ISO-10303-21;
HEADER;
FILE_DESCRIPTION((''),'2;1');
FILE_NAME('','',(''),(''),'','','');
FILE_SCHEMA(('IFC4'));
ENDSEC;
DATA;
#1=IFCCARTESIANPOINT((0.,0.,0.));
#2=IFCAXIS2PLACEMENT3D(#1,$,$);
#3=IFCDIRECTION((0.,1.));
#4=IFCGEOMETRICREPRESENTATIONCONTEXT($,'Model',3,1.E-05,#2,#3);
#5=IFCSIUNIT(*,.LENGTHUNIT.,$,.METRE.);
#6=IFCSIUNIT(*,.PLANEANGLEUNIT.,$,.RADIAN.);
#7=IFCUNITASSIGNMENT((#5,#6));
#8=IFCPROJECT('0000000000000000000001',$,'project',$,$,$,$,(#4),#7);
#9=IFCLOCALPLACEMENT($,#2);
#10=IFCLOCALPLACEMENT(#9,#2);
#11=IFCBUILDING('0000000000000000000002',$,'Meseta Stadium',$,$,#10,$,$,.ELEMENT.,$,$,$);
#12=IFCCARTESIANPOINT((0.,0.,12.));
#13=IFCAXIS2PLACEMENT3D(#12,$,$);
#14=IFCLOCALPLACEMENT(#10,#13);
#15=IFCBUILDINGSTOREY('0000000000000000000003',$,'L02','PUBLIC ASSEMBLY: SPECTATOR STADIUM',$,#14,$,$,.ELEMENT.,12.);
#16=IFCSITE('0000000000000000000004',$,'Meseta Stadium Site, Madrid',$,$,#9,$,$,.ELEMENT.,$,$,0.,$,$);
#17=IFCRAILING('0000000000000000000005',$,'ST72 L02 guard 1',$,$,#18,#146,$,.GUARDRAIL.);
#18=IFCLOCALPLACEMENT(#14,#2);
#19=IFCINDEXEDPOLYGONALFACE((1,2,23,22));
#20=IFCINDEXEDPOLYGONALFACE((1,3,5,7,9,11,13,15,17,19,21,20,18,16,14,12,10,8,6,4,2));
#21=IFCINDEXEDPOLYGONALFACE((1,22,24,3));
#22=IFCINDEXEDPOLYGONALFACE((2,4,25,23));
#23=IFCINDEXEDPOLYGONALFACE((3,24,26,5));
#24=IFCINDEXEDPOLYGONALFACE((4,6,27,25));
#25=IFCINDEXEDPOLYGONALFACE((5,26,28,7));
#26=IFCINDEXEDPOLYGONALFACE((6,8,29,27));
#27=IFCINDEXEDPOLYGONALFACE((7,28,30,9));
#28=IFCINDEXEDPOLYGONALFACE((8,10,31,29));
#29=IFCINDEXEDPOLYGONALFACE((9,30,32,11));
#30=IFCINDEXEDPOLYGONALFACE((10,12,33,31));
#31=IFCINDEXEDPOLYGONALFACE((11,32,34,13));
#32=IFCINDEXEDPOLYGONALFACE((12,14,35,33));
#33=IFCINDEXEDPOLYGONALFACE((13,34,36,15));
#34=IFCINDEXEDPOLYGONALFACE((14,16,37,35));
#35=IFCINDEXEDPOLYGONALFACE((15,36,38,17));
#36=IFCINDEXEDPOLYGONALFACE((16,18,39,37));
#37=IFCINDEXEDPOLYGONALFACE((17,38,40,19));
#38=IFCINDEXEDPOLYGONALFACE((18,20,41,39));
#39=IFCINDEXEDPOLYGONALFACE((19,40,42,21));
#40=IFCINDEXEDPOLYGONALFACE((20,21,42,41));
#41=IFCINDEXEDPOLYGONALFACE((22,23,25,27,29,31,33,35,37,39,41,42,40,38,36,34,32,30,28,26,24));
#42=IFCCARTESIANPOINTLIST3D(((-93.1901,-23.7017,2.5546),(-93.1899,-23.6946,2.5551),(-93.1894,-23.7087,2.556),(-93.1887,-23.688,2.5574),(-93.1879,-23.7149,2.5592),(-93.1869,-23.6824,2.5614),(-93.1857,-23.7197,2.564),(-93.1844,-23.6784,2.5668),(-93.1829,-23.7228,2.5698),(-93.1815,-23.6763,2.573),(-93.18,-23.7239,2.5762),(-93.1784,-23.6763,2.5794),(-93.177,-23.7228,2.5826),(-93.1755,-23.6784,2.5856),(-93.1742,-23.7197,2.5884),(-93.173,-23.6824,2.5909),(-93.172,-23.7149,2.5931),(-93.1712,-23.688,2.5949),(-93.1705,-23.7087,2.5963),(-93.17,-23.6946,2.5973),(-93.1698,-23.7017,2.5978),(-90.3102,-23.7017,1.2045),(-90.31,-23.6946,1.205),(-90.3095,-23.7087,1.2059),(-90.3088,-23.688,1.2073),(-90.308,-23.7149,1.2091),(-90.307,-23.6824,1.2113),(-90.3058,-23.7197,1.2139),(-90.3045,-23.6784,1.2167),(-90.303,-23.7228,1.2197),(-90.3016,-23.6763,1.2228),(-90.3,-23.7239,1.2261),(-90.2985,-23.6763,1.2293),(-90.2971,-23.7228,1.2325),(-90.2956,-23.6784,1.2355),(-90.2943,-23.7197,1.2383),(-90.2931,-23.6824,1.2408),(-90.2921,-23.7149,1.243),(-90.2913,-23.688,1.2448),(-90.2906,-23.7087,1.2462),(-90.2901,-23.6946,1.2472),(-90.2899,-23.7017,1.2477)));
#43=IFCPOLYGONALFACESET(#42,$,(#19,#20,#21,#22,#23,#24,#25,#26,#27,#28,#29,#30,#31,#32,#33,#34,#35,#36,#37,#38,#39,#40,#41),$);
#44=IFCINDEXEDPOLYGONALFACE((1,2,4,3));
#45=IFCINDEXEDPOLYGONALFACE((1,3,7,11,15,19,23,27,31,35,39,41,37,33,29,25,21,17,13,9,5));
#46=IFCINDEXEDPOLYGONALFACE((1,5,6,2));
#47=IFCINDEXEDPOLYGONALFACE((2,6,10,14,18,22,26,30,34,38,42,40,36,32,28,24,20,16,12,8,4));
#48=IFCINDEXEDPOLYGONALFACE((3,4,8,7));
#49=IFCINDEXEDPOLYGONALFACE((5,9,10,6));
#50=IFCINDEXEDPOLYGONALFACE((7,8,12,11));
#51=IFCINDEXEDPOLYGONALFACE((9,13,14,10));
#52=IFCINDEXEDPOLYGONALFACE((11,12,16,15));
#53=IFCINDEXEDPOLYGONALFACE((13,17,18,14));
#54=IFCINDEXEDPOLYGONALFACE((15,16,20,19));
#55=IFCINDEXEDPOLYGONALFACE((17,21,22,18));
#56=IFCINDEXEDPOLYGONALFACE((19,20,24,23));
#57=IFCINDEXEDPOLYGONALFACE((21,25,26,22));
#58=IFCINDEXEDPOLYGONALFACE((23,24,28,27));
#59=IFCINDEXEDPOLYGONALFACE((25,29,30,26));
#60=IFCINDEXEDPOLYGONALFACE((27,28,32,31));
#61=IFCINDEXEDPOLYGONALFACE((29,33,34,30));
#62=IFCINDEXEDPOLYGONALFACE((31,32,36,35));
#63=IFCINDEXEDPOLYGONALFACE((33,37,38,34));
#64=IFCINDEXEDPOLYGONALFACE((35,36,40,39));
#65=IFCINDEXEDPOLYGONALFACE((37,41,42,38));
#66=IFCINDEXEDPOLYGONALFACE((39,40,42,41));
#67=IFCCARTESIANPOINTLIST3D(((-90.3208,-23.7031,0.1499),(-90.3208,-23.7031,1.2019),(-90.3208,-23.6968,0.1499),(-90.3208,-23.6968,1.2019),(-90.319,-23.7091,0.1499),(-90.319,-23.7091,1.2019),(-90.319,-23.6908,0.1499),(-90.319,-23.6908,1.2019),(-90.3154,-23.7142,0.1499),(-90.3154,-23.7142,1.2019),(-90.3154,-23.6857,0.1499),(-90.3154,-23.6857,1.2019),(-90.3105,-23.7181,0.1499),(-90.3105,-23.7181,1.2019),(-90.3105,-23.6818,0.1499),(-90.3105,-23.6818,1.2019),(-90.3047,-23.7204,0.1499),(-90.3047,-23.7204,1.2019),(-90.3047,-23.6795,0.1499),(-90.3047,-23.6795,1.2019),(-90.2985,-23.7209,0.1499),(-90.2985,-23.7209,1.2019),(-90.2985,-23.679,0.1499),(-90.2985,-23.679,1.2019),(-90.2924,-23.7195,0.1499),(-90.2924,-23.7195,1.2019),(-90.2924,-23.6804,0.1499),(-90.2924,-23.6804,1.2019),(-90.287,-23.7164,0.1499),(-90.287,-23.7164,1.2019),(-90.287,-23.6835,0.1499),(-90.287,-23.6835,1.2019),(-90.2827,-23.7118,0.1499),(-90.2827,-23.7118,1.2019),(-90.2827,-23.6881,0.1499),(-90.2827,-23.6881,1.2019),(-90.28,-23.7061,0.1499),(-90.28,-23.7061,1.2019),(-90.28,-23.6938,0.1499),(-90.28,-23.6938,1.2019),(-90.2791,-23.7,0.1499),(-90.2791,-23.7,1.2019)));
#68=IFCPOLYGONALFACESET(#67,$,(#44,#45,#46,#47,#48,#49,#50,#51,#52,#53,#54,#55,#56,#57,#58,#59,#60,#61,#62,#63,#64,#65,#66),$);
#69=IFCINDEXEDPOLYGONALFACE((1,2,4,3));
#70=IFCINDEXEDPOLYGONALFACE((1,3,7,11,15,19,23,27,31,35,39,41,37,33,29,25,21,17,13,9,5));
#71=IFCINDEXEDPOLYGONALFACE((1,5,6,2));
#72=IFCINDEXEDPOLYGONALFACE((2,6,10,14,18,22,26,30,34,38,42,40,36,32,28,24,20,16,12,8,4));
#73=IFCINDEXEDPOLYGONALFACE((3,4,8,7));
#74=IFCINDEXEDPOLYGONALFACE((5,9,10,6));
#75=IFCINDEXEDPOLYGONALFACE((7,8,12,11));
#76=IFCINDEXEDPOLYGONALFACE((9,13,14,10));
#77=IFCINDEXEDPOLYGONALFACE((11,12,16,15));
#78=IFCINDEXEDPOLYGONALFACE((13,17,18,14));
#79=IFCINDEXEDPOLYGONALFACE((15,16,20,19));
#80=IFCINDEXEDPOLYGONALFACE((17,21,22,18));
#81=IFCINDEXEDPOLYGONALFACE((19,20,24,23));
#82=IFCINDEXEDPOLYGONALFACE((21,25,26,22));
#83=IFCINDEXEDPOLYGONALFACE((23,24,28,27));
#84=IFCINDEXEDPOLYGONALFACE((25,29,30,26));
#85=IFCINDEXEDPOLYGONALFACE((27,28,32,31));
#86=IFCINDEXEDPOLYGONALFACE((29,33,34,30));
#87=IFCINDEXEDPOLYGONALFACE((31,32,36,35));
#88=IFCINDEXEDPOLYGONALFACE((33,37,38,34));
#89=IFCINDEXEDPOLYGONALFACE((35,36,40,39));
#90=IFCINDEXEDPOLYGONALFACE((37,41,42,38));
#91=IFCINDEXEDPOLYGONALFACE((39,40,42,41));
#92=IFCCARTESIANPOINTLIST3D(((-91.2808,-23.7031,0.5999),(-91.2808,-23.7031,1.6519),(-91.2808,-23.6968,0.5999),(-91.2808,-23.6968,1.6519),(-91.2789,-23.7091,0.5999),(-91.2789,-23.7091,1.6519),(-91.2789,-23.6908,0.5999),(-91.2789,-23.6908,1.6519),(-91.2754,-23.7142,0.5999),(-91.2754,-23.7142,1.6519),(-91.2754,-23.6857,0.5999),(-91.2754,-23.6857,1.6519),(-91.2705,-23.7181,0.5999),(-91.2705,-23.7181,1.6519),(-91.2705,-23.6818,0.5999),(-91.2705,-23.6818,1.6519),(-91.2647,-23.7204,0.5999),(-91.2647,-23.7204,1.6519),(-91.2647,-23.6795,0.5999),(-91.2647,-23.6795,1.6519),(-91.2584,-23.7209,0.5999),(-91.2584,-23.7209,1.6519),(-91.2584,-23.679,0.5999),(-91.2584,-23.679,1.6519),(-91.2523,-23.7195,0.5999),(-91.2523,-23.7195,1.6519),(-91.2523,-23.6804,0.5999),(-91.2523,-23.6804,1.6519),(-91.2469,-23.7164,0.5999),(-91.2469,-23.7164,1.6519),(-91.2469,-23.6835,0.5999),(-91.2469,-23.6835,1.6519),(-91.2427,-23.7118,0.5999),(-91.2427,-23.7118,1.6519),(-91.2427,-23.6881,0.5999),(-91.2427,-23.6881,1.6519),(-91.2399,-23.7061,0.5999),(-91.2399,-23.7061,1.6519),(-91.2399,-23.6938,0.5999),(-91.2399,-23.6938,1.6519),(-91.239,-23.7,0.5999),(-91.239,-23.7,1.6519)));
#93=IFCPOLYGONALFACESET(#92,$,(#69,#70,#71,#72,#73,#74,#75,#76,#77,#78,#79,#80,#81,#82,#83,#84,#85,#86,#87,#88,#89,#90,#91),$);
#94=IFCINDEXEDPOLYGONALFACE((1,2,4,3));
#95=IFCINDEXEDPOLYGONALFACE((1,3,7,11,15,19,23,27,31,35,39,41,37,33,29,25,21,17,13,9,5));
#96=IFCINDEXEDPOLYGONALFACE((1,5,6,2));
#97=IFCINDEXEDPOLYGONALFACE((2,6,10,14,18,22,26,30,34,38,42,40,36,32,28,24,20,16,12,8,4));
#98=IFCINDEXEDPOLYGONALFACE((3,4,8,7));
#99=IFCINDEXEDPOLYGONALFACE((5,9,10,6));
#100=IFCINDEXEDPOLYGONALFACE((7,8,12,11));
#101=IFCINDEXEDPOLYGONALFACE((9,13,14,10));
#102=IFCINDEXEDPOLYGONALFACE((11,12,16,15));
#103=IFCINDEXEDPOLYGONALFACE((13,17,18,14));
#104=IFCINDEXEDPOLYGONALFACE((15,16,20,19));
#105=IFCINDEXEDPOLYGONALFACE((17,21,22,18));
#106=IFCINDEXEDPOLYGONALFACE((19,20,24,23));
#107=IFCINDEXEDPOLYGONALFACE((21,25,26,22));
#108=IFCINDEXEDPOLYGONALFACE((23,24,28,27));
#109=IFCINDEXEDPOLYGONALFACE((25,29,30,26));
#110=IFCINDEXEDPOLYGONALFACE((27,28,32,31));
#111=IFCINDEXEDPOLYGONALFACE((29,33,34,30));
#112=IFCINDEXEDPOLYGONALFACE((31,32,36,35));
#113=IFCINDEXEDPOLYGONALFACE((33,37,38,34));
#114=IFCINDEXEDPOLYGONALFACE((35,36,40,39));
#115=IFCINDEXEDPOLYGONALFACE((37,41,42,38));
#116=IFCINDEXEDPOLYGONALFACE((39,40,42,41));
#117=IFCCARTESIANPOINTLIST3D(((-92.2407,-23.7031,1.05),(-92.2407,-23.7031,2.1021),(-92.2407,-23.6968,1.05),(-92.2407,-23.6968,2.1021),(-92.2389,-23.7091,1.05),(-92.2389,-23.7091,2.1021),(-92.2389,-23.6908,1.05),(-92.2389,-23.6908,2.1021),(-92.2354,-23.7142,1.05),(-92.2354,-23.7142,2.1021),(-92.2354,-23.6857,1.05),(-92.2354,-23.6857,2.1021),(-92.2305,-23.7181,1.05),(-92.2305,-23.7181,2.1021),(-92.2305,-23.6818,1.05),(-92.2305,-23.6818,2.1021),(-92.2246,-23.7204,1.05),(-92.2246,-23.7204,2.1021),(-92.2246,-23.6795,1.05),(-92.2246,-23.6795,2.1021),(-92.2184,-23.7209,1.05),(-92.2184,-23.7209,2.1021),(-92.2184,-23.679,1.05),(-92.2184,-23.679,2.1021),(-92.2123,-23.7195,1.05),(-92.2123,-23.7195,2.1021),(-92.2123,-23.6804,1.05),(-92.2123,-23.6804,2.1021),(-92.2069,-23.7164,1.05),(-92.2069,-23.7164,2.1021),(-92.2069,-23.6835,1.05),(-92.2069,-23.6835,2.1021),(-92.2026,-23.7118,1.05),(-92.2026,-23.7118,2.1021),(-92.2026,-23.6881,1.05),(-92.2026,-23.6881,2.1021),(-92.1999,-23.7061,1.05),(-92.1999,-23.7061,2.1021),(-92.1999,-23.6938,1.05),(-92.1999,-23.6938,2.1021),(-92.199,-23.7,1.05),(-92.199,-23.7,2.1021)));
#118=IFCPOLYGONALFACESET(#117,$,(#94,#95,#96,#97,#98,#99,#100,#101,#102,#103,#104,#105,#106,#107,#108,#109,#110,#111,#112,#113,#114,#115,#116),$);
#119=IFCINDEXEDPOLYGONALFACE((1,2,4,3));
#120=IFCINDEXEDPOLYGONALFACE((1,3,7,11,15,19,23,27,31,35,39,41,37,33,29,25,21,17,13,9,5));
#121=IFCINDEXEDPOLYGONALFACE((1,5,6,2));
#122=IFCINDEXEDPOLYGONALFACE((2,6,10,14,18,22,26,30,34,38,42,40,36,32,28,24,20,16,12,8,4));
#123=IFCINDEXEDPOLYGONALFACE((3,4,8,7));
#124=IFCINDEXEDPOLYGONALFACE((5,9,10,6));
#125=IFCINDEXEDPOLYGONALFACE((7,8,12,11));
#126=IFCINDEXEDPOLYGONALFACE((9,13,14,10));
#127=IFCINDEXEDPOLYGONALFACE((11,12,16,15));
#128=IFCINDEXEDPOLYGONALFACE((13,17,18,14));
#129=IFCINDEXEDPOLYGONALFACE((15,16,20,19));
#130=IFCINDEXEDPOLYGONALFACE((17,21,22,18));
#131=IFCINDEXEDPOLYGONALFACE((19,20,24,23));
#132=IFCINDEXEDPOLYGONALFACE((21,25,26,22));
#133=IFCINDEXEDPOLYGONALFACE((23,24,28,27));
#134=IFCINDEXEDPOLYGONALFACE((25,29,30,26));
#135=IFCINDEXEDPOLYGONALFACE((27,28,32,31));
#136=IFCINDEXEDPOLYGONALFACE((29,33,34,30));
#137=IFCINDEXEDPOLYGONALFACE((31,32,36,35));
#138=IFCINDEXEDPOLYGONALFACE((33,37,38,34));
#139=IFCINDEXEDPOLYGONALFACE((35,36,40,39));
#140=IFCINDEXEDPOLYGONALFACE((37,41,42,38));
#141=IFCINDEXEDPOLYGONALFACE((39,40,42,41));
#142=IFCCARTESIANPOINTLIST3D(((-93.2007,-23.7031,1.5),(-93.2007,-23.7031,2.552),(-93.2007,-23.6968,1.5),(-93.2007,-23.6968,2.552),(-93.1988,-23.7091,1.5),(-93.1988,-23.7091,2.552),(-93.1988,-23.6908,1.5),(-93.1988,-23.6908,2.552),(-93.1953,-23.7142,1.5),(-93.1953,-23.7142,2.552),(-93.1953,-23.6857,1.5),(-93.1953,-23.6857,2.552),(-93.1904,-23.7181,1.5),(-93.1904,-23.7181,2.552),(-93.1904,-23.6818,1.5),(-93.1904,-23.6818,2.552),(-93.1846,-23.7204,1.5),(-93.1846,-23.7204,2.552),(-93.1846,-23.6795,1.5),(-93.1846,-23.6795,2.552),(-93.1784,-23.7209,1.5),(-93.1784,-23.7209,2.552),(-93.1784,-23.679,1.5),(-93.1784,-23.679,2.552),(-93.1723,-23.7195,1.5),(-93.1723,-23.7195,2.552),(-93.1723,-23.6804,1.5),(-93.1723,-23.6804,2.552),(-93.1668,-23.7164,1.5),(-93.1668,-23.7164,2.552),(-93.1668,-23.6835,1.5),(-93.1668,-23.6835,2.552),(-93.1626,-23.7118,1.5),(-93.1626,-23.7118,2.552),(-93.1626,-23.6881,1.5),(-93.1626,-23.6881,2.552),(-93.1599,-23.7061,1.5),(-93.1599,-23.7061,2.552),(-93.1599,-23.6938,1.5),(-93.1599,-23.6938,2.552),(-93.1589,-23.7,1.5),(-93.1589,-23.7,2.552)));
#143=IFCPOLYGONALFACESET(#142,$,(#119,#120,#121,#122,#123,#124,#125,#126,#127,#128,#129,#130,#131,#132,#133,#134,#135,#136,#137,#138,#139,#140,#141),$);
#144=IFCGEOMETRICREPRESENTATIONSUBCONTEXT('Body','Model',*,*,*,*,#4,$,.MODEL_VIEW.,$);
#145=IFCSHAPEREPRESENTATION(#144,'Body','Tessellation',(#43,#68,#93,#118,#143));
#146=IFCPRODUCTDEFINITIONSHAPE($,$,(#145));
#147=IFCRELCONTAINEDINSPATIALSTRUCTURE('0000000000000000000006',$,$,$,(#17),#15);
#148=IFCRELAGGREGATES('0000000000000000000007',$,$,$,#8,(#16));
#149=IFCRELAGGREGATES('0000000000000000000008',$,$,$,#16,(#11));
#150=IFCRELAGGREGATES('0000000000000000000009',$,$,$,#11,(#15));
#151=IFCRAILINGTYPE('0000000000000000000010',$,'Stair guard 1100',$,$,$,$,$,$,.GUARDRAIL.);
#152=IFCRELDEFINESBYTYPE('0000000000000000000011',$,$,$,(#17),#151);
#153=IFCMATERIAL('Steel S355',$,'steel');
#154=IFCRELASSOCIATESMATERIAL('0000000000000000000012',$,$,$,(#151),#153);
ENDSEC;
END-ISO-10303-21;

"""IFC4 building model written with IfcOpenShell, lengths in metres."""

from ifc_helpers import new_model, si_unit, direction, frame, origin, origin_2d, place, context, subcontext, project, spatial, circle, extrude, material, type_object, element, save


model = new_model("IFC4")

# Units and contexts
model_context = context("Model", 3, precision=1e-05, world=origin(), true_north=direction((0.0, 1.0)))
body_context = subcontext(model_context, "Body", "Model", "MODEL_VIEW")
ifc_project = project(units=[si_unit("LENGTHUNIT", "METRE"), si_unit("PLANEANGLEUNIT", "RADIAN")], contexts=[model_context])

# Site, building, storey
site_placement = place(None, origin())
site = spatial("IfcSite", under=ifc_project, at=site_placement, Name="Meseta Stadium Site, Madrid", CompositionType="ELEMENT", RefElevation=0.0)
building_placement = place(site_placement, origin())
building = spatial("IfcBuilding", under=site, at=building_placement, Name="Meseta Stadium", CompositionType="ELEMENT")
storey_placement = place(building_placement, frame((0.0, 0.0, 12.0)))
storey = spatial("IfcBuildingStorey", under=building, at=storey_placement, Name="L02", Description="PUBLIC ASSEMBLY: SPECTATOR STADIUM", CompositionType="ELEMENT", Elevation=12.0)

# Railing
ifc_material_1 = material(Name="Steel S355", Category="steel")
railing_type_1 = type_object("IfcRailingType", Name="Stair guard 1100", PredefinedType="GUARDRAIL", material=ifc_material_1)
for number, where, name in (
    (1, (-90.3, -23.7, 0.1499), "ST72 L02 guard 1"),
):
    element("IfcRailing", number, at=place(storey_placement, frame(where)), inside=storey, type_object=railing_type_1, Name=name, PredefinedType="GUARDRAIL", context=body_context, shape_type="SweptSolid", body=[
        extrude(circle(Radius=0.0239, at=origin_2d()), frame((0.0, 0.0, 1.0762), z_axis=(-0.90544, 0.0, 0.424473), x_axis=(0.0, -1.0, 0.0)), (0.0, 0.0, 1.0), 3.1807),
        extrude(circle(Radius=0.021, at=origin_2d()), origin(), (0.0, 0.0, 1.0), 1.052),
        extrude(circle(Radius=0.021, at=origin_2d()), frame((-0.96, 0.0, 0.45)), (0.0, 0.0, 1.0), 1.052),
        extrude(circle(Radius=0.021, at=origin_2d()), frame((-1.9199, 0.0, 0.9001)), (0.0, 0.0, 1.0), 1.052),
        extrude(circle(Radius=0.021, at=origin_2d()), frame((-2.8799, 0.0, 1.3501)), (0.0, 0.0, 1.0), 1.052),
    ])

save(model, "model.ifc")
